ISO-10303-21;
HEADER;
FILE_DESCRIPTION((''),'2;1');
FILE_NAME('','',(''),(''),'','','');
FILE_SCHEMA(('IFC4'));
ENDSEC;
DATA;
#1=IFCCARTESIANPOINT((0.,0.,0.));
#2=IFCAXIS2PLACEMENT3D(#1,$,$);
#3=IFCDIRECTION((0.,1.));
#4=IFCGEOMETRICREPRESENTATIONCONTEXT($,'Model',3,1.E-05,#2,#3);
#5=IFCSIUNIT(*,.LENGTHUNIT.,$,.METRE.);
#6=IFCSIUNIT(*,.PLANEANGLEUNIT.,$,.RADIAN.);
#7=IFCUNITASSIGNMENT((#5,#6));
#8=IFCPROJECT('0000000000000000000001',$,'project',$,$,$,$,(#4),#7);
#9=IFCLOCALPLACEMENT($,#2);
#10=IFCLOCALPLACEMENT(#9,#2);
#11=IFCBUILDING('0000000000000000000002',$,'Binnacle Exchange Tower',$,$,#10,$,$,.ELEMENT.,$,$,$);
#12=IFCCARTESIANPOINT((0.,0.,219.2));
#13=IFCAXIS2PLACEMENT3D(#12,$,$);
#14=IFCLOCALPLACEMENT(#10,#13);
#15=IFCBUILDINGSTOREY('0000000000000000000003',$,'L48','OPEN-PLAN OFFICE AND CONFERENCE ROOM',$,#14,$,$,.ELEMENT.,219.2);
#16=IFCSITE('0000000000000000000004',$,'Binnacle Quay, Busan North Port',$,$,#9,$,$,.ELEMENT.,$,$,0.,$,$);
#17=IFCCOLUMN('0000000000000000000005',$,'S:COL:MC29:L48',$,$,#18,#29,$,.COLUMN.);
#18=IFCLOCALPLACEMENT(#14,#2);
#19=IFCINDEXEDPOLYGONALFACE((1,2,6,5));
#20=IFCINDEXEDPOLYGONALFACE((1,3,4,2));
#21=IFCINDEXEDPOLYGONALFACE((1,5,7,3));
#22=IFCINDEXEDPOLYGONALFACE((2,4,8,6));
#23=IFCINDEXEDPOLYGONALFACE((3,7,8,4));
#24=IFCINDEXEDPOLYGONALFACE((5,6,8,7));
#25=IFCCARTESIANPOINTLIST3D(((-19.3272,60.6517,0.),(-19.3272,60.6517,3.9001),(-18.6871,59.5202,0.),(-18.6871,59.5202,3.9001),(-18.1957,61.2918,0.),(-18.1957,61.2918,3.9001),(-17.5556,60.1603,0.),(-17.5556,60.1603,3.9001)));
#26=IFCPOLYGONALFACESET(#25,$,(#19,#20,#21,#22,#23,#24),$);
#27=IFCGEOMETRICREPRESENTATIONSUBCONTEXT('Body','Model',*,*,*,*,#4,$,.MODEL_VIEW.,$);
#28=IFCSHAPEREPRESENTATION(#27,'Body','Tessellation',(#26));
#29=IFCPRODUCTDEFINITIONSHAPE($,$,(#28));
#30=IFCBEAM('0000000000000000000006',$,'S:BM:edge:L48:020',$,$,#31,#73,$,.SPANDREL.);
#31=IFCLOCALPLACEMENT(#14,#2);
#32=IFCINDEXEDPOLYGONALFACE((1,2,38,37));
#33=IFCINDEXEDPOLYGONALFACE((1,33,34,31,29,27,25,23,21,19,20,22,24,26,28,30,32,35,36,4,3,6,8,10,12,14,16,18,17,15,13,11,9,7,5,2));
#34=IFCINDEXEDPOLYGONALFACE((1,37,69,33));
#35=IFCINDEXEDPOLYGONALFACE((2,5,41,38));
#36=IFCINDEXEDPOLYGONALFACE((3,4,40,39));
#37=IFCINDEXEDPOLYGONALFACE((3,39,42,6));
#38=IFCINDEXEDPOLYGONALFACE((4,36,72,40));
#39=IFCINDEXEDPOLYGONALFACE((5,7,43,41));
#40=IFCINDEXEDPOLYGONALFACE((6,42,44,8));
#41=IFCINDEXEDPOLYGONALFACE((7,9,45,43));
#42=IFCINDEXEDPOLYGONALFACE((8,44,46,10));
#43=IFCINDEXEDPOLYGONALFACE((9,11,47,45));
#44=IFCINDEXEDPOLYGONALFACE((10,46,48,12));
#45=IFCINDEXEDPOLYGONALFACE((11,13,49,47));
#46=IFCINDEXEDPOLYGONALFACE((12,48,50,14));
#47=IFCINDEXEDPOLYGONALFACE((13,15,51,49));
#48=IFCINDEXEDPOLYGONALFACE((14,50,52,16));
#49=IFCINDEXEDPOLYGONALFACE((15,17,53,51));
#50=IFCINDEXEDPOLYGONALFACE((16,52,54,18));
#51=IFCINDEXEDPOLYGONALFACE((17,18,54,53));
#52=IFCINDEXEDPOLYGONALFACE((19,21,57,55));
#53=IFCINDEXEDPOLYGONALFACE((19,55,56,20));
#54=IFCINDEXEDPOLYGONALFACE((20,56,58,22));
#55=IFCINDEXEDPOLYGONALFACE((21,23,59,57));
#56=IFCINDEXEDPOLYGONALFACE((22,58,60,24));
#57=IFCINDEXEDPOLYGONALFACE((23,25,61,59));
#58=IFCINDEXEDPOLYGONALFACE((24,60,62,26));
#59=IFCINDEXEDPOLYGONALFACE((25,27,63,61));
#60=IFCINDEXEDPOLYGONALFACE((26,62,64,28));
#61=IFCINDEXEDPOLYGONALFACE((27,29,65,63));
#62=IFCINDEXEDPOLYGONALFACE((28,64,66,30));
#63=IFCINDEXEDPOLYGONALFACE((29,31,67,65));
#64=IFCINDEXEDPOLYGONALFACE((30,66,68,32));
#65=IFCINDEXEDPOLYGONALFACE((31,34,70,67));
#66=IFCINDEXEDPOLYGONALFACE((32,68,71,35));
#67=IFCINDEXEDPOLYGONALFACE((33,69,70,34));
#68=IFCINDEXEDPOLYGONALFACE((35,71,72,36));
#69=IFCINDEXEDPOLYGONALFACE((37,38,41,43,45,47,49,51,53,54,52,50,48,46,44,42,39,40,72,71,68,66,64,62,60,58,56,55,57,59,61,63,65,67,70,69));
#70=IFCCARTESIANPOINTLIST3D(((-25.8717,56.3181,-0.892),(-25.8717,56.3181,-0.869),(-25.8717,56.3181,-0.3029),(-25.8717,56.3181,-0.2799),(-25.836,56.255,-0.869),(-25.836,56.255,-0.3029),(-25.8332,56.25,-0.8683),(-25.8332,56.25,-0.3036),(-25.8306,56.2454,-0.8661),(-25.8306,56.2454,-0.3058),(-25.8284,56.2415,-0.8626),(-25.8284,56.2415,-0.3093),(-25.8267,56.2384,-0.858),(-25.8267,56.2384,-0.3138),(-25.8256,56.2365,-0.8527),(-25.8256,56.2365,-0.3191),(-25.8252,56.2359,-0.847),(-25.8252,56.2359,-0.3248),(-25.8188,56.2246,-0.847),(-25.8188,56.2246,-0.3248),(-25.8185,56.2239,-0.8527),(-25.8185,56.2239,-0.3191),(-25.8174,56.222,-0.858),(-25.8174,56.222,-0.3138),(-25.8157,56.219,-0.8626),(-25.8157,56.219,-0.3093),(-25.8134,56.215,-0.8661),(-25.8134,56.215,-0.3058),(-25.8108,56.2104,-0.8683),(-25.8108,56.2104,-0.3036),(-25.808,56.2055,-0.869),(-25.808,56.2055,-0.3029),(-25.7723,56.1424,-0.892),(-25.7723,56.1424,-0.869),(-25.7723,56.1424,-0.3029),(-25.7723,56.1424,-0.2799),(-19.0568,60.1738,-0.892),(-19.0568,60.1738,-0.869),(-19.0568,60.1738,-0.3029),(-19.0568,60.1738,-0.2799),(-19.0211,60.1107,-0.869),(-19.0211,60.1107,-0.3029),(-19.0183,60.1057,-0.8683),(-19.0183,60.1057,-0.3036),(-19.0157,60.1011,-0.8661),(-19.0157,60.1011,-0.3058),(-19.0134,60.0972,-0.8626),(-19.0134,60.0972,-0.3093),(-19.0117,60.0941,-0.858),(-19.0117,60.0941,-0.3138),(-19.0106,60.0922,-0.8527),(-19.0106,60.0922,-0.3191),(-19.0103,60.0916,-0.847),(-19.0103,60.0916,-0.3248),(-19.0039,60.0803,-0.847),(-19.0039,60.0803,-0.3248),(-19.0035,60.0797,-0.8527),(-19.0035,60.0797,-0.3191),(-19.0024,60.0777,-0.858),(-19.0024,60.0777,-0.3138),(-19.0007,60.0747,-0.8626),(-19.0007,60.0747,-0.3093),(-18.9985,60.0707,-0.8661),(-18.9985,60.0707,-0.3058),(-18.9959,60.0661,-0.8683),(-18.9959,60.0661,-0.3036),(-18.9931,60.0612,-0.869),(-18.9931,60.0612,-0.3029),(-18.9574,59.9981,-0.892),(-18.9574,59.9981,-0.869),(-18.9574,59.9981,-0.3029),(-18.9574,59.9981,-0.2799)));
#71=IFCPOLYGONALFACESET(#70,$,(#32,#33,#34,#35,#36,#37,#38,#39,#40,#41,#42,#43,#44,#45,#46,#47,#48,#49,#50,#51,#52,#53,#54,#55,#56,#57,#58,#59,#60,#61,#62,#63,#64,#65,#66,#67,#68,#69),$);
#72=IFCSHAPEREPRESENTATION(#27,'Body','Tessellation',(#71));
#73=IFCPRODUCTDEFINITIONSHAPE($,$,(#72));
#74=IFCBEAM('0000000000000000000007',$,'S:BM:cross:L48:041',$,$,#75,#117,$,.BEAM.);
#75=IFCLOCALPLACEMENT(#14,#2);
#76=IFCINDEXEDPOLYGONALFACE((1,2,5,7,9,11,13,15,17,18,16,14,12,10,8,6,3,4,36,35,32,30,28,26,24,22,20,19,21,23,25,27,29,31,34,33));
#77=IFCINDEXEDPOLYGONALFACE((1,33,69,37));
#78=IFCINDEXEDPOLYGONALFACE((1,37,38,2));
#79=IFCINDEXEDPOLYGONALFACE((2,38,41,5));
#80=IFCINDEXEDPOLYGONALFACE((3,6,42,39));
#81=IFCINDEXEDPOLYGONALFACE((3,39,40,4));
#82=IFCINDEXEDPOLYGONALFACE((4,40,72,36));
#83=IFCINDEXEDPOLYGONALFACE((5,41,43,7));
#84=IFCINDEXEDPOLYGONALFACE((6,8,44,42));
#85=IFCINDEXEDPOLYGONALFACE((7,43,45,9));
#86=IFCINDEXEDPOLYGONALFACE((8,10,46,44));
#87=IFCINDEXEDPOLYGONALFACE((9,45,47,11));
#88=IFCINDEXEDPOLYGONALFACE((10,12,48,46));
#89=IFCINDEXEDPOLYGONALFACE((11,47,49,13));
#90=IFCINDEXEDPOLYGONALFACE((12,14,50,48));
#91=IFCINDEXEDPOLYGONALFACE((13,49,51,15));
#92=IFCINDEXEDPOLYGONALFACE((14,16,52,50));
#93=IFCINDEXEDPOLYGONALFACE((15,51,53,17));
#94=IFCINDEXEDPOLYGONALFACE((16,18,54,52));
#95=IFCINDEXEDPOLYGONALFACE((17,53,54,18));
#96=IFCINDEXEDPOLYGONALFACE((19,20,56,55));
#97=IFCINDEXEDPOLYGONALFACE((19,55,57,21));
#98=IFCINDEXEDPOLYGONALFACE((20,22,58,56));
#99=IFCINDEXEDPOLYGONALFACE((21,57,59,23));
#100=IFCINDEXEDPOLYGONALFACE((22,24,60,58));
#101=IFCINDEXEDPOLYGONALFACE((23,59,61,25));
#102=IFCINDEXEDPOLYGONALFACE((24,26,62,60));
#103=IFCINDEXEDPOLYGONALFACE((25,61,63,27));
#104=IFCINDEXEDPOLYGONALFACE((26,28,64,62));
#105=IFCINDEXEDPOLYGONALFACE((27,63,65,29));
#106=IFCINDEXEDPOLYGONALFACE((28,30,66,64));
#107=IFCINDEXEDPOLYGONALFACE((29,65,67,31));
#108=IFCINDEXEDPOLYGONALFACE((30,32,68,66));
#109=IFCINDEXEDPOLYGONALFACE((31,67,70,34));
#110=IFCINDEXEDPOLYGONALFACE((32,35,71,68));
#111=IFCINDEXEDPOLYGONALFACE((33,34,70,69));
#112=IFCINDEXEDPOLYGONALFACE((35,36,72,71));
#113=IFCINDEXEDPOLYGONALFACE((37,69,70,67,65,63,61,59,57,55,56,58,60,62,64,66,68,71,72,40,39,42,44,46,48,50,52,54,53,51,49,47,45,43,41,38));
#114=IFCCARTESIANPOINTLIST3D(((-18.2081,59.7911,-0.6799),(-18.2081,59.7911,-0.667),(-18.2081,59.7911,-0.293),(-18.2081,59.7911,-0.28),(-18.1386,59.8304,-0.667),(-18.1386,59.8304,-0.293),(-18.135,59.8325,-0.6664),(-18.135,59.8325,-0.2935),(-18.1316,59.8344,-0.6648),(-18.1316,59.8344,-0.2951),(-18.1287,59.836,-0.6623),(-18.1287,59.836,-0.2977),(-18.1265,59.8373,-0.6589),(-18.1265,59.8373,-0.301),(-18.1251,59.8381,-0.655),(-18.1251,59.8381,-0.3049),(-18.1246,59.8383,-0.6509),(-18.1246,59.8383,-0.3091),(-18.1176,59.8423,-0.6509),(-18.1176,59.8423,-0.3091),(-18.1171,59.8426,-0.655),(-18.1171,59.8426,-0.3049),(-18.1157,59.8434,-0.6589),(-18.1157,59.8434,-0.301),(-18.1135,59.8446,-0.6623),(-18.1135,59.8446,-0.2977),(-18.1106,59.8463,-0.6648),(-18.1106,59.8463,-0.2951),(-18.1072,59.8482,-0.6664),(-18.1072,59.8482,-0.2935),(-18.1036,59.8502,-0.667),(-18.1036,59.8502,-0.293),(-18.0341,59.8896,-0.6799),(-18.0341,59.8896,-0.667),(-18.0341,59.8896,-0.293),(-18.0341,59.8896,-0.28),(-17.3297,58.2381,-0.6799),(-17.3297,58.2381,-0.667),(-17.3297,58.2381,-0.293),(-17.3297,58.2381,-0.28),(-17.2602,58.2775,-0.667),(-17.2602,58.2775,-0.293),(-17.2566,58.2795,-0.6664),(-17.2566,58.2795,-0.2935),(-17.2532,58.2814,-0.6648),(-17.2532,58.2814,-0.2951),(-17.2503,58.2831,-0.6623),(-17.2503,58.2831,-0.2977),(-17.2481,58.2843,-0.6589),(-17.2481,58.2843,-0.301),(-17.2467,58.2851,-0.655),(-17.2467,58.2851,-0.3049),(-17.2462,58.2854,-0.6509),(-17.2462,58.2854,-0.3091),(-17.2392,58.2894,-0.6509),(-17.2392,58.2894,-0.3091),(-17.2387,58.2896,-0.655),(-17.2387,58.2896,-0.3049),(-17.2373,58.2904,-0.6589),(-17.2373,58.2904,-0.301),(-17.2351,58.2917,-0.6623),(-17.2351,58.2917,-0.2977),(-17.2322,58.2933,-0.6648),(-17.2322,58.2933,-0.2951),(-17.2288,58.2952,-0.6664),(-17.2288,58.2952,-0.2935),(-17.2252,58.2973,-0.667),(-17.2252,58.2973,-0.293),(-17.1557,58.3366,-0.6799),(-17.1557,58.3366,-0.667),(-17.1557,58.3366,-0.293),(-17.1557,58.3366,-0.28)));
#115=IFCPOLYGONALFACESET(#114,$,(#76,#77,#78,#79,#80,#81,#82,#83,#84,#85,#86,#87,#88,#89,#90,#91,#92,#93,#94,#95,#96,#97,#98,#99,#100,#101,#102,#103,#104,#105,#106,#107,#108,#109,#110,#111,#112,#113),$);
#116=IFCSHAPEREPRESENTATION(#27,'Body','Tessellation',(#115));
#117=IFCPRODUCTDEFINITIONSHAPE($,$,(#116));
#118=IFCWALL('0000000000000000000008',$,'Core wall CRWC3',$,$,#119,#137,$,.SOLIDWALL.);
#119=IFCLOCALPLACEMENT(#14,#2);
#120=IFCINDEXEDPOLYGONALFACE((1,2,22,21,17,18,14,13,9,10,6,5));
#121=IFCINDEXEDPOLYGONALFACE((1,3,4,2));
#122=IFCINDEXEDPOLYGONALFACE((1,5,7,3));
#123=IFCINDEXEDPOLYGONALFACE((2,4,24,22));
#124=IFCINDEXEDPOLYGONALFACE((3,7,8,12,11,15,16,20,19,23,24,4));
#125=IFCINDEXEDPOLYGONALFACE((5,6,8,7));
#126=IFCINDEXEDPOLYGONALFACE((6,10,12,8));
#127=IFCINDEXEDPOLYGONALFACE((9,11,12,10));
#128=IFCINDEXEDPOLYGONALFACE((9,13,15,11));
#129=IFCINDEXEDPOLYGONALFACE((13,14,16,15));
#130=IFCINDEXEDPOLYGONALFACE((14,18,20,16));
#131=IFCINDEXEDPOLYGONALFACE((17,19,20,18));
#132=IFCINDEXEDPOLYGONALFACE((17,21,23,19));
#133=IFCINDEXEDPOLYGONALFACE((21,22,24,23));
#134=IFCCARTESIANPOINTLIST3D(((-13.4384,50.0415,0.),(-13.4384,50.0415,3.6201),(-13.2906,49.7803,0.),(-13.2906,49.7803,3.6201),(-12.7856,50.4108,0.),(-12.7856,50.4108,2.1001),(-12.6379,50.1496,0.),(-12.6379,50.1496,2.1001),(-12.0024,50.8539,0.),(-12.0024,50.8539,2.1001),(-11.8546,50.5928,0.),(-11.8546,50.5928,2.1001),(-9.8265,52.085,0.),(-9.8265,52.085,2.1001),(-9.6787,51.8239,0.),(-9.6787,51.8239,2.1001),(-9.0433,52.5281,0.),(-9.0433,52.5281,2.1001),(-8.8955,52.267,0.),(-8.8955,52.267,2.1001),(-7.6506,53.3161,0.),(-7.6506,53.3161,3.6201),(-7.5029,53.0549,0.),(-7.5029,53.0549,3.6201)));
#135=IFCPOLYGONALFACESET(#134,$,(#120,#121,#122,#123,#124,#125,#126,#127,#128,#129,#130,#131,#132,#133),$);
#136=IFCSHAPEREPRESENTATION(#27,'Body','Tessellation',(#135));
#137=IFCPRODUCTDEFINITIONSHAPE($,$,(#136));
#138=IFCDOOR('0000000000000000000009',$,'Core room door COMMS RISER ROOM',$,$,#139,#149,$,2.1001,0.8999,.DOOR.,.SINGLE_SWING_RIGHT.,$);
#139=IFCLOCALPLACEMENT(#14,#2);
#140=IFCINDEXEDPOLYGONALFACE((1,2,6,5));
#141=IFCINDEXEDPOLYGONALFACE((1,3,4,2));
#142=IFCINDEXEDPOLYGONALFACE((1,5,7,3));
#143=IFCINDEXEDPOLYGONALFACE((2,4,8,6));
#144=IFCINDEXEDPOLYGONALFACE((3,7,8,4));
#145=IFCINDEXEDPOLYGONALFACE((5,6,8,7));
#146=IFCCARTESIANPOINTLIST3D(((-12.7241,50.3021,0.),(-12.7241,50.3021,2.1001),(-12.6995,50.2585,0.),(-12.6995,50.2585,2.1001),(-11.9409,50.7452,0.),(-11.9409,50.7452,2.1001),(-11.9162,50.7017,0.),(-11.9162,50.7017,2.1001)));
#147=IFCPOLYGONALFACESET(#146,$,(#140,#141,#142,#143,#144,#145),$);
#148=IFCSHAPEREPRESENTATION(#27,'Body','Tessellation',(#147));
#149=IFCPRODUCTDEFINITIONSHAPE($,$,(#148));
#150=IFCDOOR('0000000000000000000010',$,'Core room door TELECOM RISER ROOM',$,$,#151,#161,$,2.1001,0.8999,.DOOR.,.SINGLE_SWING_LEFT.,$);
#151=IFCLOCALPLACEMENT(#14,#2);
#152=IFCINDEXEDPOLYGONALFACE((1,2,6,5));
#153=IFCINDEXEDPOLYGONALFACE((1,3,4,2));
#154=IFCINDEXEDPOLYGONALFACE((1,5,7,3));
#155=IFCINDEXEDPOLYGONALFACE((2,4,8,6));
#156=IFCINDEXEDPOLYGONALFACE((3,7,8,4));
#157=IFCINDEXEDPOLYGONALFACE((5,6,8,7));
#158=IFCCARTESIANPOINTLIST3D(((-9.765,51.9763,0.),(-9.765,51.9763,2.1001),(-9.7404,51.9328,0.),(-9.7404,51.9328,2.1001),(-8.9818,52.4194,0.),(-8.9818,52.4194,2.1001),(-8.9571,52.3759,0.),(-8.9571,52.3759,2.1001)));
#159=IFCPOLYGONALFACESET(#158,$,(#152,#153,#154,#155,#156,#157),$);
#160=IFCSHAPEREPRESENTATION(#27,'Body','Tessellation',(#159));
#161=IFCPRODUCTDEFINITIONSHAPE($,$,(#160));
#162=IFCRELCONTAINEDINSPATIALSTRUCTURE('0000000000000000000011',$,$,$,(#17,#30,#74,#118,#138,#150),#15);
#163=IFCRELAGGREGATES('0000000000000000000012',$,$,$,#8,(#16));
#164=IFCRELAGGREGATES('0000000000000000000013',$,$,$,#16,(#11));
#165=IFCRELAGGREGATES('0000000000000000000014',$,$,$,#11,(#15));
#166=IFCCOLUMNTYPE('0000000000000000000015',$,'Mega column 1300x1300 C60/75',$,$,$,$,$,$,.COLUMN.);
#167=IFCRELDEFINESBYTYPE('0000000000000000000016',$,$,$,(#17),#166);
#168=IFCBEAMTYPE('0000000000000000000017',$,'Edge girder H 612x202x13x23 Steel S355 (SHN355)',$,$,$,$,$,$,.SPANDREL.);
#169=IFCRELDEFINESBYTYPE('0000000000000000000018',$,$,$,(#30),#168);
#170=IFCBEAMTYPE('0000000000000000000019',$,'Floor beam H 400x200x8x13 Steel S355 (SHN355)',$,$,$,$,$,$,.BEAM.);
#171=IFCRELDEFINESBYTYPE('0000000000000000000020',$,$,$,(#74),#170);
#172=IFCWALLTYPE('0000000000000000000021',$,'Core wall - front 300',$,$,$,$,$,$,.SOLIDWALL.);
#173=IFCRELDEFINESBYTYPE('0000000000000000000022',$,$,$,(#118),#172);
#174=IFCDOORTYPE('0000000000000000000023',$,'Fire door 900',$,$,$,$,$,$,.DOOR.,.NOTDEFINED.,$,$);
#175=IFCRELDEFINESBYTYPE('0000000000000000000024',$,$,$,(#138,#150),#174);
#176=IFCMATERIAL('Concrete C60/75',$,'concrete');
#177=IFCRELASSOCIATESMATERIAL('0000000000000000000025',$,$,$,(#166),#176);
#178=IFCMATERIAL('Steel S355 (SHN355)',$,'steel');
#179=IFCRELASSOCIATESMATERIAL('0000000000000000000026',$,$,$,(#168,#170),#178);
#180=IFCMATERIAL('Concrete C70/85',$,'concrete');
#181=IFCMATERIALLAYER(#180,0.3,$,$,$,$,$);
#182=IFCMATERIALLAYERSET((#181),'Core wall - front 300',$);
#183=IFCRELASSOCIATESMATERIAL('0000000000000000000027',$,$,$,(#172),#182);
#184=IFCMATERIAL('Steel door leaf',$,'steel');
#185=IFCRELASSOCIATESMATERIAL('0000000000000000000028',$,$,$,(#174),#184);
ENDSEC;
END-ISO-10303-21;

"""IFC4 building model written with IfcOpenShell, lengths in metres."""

from ifc_helpers import new_model, si_unit, direction, frame, frame_2d, origin, origin_2d, place, context, subcontext, project, spatial, rectangle, i_section, extrude, material, layer, layer_set, material_profile, profile_set, type_object, element, fill, save


model = new_model("IFC4")

# Units and contexts
model_context = context("Model", 3, precision=1e-05, world=origin(), true_north=direction((0.0, 1.0)))
body_context = subcontext(model_context, "Body", "Model", "MODEL_VIEW")
ifc_project = project(units=[si_unit("LENGTHUNIT", "METRE"), si_unit("PLANEANGLEUNIT", "RADIAN")], contexts=[model_context])

# Site, building, storey
site_placement = place(None, origin())
site = spatial("IfcSite", under=ifc_project, at=site_placement, Name="Binnacle Quay, Busan North Port", CompositionType="ELEMENT", RefElevation=0.0)
building_placement = place(site_placement, origin())
building = spatial("IfcBuilding", under=site, at=building_placement, Name="Binnacle Exchange Tower", CompositionType="ELEMENT")
storey_placement = place(building_placement, frame((0.0, 0.0, 219.2)))
storey = spatial("IfcBuildingStorey", under=building, at=storey_placement, Name="L48", Description="OPEN-PLAN OFFICE AND CONFERENCE ROOM", CompositionType="ELEMENT", Elevation=219.2)

# Column
ifc_material_1 = material(Name="Concrete C60/75", Category="concrete")
ifc_material_profile_1 = material_profile(ifc_material_1, rectangle(XDim=1.3, YDim=1.3, at=origin_2d()), Name="Mega column 1300x1300 C60/75")
ifc_profile_set_1 = profile_set([ifc_material_profile_1], Name="Concrete C60/75")
column_type = type_object("IfcColumnType", Name="Mega column 1300x1300 C60/75", PredefinedType="COLUMN", material=ifc_profile_set_1)
column_placement = place(storey_placement, frame((-18.4414, 60.406, 0.0), z_axis=(0.0, 0.0, 1.0), x_axis=(-0.870356, -0.492424, 0.0)))
element("IfcColumn", 1, at=column_placement, inside=storey, type_object=column_type, Name="S:COL:MC29:L48", PredefinedType="COLUMN", context=body_context, shape_type="SweptSolid", body=[
    extrude(rectangle(XDim=1.3, YDim=1.3, at=origin_2d()), origin(), (0.0, 0.0, 1.0), 3.9001),
])

# Beams
ifc_material_2 = material(Name="Steel S355 (SHN355)", Category="steel")
ifc_material_profile_2 = material_profile(ifc_material_2, i_section(OverallWidth=0.2019, OverallDepth=0.6121, WebThickness=0.0129, FlangeThickness=0.0229, FilletRadius=0.022, at=origin_2d()), Name="H 612x202x13x23")
ifc_profile_set_2 = profile_set([ifc_material_profile_2], Name="Steel S355 (SHN355)")
beam_type_1 = type_object("IfcBeamType", Name="Edge girder H 612x202x13x23 Steel S355 (SHN355)", PredefinedType="SPANDREL", material=ifc_profile_set_2)
beam_1_placement = place(storey_placement, frame((-19.0071, 60.0859, -0.5859), z_axis=(-0.870355, -0.492424, 0.0), x_axis=(0.492424, -0.870355, 0.0)))
element("IfcBeam", 2, at=beam_1_placement, inside=storey, type_object=beam_type_1, Name="S:BM:edge:L48:020", PredefinedType="SPANDREL", context=body_context, shape_type="SweptSolid", body=[
    extrude(i_section(OverallWidth=0.2019, OverallDepth=0.6121, WebThickness=0.0129, FlangeThickness=0.0229, FilletRadius=0.022, at=origin_2d()), origin(), (0.0, 0.0, 1.0), 7.8301),
])
ifc_material_profile_3 = material_profile(ifc_material_2, i_section(OverallWidth=0.2, OverallDepth=0.3999, WebThickness=0.0081, FlangeThickness=0.0129, FilletRadius=0.0161, at=origin_2d()), Name="H 400x200x8x13")
ifc_profile_set_3 = profile_set([ifc_material_profile_3], Name="Steel S355 (SHN355)")
beam_type_2 = type_object("IfcBeamType", Name="Floor beam H 400x200x8x13 Steel S355 (SHN355)", PredefinedType="BEAM", material=ifc_profile_set_3)
beam_2_placement = place(storey_placement, frame((-18.1211, 59.8403, -0.48), z_axis=(0.492332, -0.870407, 0.0), x_axis=(0.870407, 0.492332, 0.0)))
element("IfcBeam", 3, at=beam_2_placement, inside=storey, type_object=beam_type_2, Name="S:BM:cross:L48:041", PredefinedType="BEAM", context=body_context, shape_type="SweptSolid", body=[
    extrude(i_section(OverallWidth=0.2, OverallDepth=0.3999, WebThickness=0.0081, FlangeThickness=0.0129, FilletRadius=0.0161, at=origin_2d()), origin(), (0.0, 0.0, 1.0), 1.7842),
])

# Wall, openings, doors
ifc_material_3 = material(Name="Concrete C70/85", Category="concrete")
ifc_layer_1 = layer(ifc_material_3, 0.3)
ifc_layer_set_1 = layer_set([ifc_layer_1], Name="Core wall - front 300")
wall_type_1 = type_object("IfcWallType", Name="Core wall - front 300", PredefinedType="SOLIDWALL", material=ifc_layer_set_1)
wall_1_placement = place(storey_placement, frame((-13.3645, 49.9109, 0.0), z_axis=(0.0, 0.0, 1.0), x_axis=(0.870352, 0.49243, 0.0)))
wall_1 = element("IfcWall", 4, at=wall_1_placement, inside=storey, type_object=wall_type_1, Name="Core wall CRWC3", PredefinedType="SOLIDWALL", context=body_context, shape_type="SweptSolid", body=[
    extrude(rectangle(XDim=6.6499, YDim=0.3, at=frame_2d((3.325, 0.0))), origin(), (0.0, 0.0, 1.0), 3.6201),
])
opening_1_placement = place(wall_1_placement, frame((0.75, 0.0, 0.0)))
opening_1 = element("IfcOpeningElement", 5, at=opening_1_placement, cuts=wall_1, PredefinedType="OPENING", context=body_context, shape_type="SweptSolid", body=[
    extrude(rectangle(XDim=0.8999, YDim=2.1001, at=frame_2d((0.45, 1.05))), frame((0.0, 0.1599, 0.0), z_axis=(0.0, -1.0, 0.0), x_axis=(1.0, 0.0, 0.0)), (0.0, 0.0, 1.0), 0.3201),
])
opening_2_placement = place(wall_1_placement, frame((4.1499, 0.0, 0.0)))
opening_2 = element("IfcOpeningElement", 6, at=opening_2_placement, cuts=wall_1, PredefinedType="OPENING", context=body_context, shape_type="SweptSolid", body=[
    extrude(rectangle(XDim=0.8999, YDim=2.1001, at=frame_2d((0.45, 1.05))), frame((0.0, 0.1599, 0.0), z_axis=(0.0, -1.0, 0.0), x_axis=(1.0, 0.0, 0.0)), (0.0, 0.0, 1.0), 0.3201),
])
ifc_material_4 = material(Name="Steel door leaf", Category="steel")
door_type_1 = type_object("IfcDoorType", Name="Fire door 900", OperationType="NOTDEFINED", PredefinedType="DOOR", material=ifc_material_4)
door_1_placement = place(opening_1_placement, frame((0.8999, 0.0, 0.0), z_axis=(0.0, 0.0, 1.0), x_axis=(-1.0, 0.0, 0.0)))
door_1 = element("IfcDoor", 7, at=door_1_placement, inside=storey, type_object=door_type_1, Name="Core room door COMMS RISER ROOM", OperationType="SINGLE_SWING_RIGHT", OverallHeight=2.1001, OverallWidth=0.8999, PredefinedType="DOOR", context=body_context, shape_type="SweptSolid", body=[
    extrude(rectangle(XDim=0.8999, YDim=2.1001, at=frame_2d((0.45, 1.05))), frame((0.0, 0.0249, 0.0), z_axis=(0.0, -1.0, 0.0), x_axis=(1.0, 0.0, 0.0)), (0.0, 0.0, 1.0), 0.05),
])
fill(opening_1, door_1)
door_2_placement = place(opening_2_placement, frame((0.8999, 0.0, 0.0), z_axis=(0.0, 0.0, 1.0), x_axis=(-1.0, 0.0, 0.0)))
door_2 = element("IfcDoor", 8, at=door_2_placement, inside=storey, type_object=door_type_1, Name="Core room door TELECOM RISER ROOM", OperationType="SINGLE_SWING_LEFT", OverallHeight=2.1001, OverallWidth=0.8999, PredefinedType="DOOR", context=body_context, shape_type="SweptSolid", body=[
    extrude(rectangle(XDim=0.8999, YDim=2.1001, at=frame_2d((0.45, 1.05))), frame((0.0, 0.0249, 0.0), z_axis=(0.0, -1.0, 0.0), x_axis=(1.0, 0.0, 0.0)), (0.0, 0.0, 1.0), 0.05),
])
fill(opening_2, door_2)

save(model, "model.ifc")
